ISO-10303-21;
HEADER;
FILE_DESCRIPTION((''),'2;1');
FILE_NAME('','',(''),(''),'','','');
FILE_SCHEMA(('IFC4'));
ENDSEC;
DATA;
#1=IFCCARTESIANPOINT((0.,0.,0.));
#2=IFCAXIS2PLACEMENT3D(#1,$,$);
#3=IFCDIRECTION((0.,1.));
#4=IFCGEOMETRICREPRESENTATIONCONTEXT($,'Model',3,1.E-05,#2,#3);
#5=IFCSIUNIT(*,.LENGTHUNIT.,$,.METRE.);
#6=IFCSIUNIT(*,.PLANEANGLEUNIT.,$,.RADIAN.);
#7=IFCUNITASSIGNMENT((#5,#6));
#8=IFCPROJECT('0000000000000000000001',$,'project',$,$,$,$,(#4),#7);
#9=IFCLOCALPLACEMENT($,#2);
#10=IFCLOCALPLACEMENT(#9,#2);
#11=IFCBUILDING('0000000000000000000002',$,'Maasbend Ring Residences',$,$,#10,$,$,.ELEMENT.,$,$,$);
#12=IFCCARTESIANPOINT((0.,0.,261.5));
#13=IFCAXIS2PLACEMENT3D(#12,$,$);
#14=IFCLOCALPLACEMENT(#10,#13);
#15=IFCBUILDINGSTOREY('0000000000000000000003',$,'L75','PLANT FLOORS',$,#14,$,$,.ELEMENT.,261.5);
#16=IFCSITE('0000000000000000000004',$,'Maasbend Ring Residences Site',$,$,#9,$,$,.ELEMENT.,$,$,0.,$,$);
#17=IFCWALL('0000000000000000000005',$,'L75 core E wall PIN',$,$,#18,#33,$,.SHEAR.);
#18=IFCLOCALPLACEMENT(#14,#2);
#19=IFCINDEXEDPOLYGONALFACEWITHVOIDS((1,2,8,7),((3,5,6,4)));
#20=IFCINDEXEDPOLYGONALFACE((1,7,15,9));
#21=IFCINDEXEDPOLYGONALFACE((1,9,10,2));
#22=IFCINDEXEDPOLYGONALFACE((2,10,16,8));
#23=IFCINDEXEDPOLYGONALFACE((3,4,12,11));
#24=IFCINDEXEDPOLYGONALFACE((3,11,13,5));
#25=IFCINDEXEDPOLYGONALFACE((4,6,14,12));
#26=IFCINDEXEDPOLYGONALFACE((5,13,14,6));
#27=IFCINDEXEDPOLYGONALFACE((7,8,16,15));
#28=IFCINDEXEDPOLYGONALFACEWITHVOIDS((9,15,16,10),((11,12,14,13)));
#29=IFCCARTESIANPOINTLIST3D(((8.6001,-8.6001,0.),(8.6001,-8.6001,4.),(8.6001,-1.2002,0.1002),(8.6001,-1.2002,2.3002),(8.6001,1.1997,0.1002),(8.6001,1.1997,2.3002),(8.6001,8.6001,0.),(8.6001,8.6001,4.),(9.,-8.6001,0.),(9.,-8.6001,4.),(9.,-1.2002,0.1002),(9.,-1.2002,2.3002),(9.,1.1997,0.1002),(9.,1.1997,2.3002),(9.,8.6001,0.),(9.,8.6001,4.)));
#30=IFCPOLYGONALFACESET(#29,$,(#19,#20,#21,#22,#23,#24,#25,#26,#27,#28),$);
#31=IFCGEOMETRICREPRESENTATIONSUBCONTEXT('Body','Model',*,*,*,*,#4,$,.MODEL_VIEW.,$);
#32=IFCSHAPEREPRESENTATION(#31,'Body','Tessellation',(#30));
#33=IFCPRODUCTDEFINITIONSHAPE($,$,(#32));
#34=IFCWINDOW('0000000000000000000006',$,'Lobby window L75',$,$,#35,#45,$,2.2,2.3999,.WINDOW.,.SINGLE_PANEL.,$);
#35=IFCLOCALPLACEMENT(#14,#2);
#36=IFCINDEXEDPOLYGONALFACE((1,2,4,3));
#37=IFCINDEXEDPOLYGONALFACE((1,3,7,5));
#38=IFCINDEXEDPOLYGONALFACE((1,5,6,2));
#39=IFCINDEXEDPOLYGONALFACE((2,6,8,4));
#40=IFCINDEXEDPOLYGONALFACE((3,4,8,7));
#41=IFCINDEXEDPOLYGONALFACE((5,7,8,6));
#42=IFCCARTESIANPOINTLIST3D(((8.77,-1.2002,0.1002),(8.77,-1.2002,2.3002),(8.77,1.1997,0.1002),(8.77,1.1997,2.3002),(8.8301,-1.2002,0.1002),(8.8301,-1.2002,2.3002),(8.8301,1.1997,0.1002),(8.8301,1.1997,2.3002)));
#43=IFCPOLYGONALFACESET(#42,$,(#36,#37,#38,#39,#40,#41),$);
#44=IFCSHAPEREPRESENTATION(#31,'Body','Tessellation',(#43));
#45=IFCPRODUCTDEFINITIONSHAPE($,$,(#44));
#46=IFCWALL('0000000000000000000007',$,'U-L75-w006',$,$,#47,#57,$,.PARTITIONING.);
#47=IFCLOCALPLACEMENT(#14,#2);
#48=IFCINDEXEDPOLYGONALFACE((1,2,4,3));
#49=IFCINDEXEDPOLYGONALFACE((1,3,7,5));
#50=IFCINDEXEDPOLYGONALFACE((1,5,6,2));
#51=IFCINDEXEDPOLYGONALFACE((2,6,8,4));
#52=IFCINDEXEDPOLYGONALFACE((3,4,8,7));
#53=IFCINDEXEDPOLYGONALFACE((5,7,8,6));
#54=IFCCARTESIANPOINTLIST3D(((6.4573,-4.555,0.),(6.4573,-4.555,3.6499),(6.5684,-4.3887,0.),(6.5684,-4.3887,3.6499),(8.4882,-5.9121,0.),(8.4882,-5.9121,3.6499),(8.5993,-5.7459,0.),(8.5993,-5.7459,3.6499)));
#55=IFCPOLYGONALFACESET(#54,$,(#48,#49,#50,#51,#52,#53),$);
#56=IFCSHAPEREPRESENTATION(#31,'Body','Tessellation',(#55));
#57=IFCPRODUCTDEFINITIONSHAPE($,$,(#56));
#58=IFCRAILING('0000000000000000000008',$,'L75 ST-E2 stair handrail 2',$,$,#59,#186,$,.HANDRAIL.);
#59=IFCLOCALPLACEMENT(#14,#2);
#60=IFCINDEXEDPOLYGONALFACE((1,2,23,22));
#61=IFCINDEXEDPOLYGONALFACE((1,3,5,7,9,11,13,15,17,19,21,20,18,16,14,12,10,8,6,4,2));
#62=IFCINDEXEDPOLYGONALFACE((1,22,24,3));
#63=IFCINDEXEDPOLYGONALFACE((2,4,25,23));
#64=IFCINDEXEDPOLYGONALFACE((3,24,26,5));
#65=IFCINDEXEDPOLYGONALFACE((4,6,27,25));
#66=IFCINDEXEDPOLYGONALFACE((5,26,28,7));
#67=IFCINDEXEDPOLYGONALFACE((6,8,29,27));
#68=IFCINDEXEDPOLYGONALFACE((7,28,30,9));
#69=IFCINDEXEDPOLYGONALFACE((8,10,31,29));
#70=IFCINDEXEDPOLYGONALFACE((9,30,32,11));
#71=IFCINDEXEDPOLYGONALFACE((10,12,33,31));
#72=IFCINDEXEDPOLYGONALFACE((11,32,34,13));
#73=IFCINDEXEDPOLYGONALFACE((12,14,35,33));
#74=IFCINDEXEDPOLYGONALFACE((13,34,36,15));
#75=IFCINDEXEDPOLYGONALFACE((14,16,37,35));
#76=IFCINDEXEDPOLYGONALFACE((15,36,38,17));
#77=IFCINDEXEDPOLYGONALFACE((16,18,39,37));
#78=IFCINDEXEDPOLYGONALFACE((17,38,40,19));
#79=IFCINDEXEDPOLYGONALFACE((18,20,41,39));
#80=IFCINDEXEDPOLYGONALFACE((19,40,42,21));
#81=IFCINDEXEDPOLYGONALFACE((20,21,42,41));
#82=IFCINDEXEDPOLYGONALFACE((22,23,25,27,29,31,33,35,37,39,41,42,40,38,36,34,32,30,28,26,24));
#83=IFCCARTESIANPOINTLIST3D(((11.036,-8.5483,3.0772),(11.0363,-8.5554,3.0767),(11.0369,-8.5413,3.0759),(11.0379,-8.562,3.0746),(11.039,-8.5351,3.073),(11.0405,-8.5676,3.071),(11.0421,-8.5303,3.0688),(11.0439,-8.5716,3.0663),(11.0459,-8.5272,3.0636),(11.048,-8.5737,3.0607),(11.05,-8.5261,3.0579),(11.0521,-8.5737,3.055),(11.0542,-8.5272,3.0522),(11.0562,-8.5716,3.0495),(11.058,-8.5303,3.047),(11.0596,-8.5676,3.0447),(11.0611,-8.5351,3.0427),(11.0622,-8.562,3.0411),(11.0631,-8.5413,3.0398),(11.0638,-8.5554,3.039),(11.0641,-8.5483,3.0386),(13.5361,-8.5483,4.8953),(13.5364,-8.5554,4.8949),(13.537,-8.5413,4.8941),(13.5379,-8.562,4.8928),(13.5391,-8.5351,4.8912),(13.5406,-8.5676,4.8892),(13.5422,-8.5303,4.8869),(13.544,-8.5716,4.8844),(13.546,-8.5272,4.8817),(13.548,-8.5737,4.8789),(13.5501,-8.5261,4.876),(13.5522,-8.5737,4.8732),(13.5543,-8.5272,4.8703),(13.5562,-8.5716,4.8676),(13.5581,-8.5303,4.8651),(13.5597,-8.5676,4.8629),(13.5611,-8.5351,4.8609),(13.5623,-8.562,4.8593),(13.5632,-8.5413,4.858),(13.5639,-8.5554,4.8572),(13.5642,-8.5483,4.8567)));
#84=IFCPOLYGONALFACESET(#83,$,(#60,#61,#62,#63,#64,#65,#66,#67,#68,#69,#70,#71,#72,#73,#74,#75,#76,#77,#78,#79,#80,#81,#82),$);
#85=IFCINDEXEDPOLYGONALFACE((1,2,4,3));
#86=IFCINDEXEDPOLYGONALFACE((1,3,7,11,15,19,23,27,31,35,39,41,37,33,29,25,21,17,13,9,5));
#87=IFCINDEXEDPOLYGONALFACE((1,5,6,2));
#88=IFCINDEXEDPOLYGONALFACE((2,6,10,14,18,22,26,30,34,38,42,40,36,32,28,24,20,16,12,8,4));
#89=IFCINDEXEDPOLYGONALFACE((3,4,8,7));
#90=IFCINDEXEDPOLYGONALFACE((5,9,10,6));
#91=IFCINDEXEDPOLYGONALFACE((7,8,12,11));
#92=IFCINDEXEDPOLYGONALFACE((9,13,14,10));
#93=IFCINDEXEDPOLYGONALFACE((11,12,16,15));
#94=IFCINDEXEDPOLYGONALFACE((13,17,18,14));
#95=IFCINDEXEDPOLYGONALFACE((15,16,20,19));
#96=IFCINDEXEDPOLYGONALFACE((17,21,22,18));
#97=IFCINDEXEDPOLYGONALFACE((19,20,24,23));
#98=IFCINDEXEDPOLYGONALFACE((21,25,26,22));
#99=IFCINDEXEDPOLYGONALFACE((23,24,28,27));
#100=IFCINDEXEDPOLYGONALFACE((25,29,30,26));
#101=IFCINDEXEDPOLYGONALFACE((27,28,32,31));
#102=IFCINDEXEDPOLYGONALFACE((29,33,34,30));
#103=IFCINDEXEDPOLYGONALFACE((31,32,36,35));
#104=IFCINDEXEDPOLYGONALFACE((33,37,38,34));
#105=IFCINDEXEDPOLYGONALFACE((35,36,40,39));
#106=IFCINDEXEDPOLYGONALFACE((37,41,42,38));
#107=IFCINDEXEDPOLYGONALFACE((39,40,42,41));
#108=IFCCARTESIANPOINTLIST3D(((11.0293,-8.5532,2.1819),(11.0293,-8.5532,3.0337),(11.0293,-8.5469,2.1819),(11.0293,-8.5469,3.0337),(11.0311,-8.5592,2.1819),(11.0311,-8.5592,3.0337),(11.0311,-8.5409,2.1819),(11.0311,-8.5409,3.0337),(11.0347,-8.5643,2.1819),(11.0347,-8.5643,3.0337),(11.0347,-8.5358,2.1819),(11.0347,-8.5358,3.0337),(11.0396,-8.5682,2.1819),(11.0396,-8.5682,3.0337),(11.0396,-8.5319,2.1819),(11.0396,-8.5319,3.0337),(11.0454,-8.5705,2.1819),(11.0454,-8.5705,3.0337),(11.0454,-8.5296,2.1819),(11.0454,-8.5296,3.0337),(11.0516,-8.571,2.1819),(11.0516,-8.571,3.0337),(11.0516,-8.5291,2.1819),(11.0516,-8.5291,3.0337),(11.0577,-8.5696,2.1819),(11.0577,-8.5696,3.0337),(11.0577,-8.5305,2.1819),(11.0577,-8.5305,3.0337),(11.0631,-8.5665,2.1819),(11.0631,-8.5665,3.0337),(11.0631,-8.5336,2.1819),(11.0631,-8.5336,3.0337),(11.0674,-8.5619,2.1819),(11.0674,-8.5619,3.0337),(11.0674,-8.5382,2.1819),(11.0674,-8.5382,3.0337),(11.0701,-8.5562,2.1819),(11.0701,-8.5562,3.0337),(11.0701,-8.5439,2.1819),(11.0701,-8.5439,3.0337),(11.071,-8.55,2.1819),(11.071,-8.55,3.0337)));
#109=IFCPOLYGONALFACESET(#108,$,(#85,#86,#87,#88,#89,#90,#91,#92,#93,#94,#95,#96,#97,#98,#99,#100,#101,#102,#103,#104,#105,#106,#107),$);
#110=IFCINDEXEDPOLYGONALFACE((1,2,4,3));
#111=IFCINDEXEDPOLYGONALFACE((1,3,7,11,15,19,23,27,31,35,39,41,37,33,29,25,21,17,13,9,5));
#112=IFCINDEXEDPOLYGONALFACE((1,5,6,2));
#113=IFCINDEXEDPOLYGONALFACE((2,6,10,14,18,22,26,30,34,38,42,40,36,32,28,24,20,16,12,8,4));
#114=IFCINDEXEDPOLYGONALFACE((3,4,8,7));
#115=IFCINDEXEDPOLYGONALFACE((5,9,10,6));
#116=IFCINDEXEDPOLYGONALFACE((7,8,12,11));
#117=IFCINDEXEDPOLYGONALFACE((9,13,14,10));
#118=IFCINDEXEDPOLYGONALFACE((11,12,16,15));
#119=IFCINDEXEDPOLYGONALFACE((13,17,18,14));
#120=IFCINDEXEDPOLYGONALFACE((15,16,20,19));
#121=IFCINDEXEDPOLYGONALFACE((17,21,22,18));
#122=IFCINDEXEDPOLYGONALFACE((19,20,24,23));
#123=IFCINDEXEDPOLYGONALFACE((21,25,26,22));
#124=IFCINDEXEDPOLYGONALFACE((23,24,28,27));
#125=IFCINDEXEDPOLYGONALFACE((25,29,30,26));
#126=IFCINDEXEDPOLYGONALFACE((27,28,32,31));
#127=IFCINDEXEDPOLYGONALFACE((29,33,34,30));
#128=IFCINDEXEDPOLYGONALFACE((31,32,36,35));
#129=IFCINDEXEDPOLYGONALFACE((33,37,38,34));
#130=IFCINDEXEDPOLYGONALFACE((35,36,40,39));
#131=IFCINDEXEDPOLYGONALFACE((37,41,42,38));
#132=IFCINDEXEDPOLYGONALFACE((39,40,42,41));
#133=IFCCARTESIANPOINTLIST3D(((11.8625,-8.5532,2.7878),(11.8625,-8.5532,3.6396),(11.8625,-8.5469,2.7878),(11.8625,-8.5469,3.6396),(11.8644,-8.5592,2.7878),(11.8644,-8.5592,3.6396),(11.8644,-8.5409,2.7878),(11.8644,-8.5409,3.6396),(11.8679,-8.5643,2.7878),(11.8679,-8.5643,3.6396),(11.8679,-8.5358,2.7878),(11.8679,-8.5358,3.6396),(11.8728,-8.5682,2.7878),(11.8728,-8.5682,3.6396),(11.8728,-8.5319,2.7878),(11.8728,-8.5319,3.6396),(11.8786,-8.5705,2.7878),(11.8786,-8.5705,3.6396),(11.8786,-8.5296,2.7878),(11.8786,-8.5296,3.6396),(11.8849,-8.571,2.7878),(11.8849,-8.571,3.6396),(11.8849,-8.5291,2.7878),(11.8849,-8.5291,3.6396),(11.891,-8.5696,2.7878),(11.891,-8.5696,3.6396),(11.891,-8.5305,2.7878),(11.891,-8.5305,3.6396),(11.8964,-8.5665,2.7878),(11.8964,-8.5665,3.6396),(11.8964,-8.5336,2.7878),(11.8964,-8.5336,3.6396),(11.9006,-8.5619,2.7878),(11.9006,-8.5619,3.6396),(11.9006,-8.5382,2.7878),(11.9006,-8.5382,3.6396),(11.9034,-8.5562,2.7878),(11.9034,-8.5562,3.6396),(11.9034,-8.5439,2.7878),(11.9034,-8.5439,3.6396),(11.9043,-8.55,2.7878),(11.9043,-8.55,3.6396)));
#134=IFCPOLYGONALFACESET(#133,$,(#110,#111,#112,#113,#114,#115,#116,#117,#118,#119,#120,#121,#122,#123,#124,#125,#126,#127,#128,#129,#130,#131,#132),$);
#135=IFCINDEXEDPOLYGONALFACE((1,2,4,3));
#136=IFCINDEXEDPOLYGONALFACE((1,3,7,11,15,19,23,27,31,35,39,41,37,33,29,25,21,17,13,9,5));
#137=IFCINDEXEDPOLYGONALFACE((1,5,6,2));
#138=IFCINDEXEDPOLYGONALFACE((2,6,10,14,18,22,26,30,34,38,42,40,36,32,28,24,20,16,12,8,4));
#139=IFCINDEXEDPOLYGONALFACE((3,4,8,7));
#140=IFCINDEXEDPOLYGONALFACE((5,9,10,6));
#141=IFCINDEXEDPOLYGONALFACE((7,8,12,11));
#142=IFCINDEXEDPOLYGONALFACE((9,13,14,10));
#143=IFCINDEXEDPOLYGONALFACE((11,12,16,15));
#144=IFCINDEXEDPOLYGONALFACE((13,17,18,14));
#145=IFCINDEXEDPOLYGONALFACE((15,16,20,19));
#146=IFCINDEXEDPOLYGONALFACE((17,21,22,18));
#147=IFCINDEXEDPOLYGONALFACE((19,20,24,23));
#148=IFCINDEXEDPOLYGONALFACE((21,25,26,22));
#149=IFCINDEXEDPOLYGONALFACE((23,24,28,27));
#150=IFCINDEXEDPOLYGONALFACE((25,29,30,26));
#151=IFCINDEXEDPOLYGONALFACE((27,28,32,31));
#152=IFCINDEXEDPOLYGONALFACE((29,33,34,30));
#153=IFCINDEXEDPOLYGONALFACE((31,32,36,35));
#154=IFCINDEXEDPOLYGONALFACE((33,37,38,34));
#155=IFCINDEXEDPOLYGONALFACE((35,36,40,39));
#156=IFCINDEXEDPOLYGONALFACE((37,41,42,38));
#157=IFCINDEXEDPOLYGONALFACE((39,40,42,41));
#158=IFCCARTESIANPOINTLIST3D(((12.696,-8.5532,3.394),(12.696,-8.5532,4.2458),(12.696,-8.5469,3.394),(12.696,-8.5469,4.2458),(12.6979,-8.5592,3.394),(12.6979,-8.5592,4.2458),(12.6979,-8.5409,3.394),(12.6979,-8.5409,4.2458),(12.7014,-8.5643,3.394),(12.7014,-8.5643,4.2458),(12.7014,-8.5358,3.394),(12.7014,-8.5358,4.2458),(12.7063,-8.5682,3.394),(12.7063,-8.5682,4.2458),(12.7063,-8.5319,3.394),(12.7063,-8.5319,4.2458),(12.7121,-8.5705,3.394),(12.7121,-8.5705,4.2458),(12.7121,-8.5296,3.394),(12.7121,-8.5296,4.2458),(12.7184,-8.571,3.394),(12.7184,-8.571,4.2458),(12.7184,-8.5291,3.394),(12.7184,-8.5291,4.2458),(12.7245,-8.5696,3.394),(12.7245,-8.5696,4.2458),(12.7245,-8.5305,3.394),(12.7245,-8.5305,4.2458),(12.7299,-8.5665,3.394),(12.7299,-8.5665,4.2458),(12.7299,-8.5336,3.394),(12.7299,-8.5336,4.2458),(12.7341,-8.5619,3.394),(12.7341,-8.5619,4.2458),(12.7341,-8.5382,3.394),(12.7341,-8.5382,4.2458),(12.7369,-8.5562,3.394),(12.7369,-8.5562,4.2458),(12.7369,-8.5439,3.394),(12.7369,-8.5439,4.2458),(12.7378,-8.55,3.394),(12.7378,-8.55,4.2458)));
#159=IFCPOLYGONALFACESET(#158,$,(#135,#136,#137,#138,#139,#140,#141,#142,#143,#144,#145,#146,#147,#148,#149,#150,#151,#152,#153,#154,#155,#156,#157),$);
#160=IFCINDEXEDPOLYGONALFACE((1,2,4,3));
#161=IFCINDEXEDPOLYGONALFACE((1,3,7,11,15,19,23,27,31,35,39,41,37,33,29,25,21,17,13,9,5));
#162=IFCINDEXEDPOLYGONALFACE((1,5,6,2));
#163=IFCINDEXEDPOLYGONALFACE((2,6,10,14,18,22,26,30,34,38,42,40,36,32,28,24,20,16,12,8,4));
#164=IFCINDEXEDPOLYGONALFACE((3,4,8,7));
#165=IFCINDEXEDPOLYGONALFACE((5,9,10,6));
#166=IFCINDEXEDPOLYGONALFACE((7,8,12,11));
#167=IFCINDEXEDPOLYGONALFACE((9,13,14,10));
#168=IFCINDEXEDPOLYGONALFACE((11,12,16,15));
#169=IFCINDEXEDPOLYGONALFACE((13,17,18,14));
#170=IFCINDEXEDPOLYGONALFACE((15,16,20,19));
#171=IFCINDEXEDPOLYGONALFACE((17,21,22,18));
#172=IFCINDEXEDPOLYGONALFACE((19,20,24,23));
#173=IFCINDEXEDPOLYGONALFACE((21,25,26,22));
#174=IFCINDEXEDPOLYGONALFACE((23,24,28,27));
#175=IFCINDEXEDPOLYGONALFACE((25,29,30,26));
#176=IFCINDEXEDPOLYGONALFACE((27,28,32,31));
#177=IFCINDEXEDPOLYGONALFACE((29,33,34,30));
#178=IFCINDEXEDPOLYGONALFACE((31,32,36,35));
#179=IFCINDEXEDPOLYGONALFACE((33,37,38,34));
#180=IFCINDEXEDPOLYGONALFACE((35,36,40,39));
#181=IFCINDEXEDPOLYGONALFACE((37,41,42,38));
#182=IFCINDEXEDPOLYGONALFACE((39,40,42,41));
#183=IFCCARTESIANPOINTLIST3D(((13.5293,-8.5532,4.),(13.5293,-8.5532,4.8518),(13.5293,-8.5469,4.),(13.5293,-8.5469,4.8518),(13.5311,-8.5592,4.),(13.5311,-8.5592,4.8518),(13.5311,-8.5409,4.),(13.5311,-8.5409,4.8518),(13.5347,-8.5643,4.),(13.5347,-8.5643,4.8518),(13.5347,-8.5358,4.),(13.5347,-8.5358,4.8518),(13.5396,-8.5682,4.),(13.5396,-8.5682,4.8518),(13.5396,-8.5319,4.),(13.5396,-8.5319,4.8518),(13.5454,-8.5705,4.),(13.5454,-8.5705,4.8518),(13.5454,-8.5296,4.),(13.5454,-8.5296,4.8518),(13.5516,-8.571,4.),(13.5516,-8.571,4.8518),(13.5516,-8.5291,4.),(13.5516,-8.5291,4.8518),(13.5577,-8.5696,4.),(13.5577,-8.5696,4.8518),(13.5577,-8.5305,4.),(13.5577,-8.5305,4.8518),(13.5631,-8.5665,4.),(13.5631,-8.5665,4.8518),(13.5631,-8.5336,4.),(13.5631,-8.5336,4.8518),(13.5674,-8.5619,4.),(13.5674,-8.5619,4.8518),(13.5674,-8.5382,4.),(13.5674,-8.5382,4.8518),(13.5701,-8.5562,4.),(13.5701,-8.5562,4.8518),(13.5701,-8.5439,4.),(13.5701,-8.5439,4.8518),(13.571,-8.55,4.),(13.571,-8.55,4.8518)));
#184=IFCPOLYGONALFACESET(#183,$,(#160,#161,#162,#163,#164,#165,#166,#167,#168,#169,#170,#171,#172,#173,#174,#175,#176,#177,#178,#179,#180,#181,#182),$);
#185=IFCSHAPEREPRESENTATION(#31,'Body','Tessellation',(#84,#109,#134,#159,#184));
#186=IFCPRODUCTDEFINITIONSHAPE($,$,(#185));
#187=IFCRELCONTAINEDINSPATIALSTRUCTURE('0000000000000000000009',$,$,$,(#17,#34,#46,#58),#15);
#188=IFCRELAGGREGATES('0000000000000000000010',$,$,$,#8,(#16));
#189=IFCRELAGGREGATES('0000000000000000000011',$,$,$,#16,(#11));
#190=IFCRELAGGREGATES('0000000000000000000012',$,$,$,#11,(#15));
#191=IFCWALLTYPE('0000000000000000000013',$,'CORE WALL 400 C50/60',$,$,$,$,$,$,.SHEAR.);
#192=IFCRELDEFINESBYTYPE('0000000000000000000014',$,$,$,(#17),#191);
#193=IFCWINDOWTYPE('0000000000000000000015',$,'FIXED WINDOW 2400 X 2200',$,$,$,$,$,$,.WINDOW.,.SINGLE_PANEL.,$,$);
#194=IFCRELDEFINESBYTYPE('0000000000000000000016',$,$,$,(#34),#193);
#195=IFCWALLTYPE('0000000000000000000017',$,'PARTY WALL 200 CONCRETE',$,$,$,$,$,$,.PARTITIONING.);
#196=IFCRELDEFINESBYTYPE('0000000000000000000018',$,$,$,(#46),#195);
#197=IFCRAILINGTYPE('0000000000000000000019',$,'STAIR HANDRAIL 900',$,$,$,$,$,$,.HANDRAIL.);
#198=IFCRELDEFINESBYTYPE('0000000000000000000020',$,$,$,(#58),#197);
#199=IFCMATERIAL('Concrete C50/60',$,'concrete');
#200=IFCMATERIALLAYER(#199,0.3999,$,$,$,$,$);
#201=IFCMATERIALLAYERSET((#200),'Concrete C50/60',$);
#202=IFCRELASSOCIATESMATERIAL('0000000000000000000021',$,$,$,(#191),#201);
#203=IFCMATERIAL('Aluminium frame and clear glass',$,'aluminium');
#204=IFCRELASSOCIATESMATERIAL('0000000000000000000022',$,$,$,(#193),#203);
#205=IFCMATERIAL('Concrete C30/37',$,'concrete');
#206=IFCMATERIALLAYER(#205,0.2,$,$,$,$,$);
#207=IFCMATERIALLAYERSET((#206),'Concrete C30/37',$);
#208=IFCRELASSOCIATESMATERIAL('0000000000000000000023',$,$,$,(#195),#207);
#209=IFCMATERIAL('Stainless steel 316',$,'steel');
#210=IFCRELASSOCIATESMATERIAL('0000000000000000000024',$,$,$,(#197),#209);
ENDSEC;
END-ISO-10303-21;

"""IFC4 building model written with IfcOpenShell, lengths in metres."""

from ifc_helpers import new_model, si_unit, direction, frame, frame_2d, origin, origin_2d, place, context, subcontext, project, spatial, rectangle, circle, extrude, material, layer, layer_set, type_object, element, fill, save


model = new_model("IFC4")

# Units and contexts
model_context = context("Model", 3, precision=1e-05, world=origin(), true_north=direction((0.0, 1.0)))
body_context = subcontext(model_context, "Body", "Model", "MODEL_VIEW")
ifc_project = project(units=[si_unit("LENGTHUNIT", "METRE"), si_unit("PLANEANGLEUNIT", "RADIAN")], contexts=[model_context])

# Site, building, storey
site_placement = place(None, origin())
site = spatial("IfcSite", under=ifc_project, at=site_placement, Name="Maasbend Ring Residences Site", CompositionType="ELEMENT", RefElevation=0.0)
building_placement = place(site_placement, origin())
building = spatial("IfcBuilding", under=site, at=building_placement, Name="Maasbend Ring Residences", CompositionType="ELEMENT")
storey_placement = place(building_placement, frame((0.0, 0.0, 261.5)))
storey = spatial("IfcBuildingStorey", under=building, at=storey_placement, Name="L75", Description="PLANT FLOORS", CompositionType="ELEMENT", Elevation=261.5)

# Shared definitions
ifc_material_1 = material(Name="Concrete C50/60", Category="concrete")
ifc_layer_1 = layer(ifc_material_1, 0.3999)
ifc_layer_set_1 = layer_set([ifc_layer_1], Name="Concrete C50/60")
wall_type_1 = type_object("IfcWallType", Name="CORE WALL 400 C50/60", PredefinedType="SHEAR", material=ifc_layer_set_1)

# Wall, opening, window
wall_1_placement = place(storey_placement, frame((8.8, -8.6001, 0.0), z_axis=(0.0, 0.0, 1.0), x_axis=(0.0, 1.0, 0.0)))
wall_1 = element("IfcWall", 1, at=wall_1_placement, inside=storey, type_object=wall_type_1, Name="L75 core E wall PIN", PredefinedType="SHEAR", context=body_context, shape_type="SweptSolid", body=[
    extrude(rectangle(XDim=17.2002, YDim=0.3999, at=frame_2d((8.6001, 0.0))), origin(), (0.0, 0.0, 1.0), 4.0),
])
opening_1_placement = place(wall_1_placement, frame((7.3999, 0.0, 0.1001)))
opening_1 = element("IfcOpeningElement", 2, at=opening_1_placement, cuts=wall_1, PredefinedType="OPENING", context=body_context, shape_type="SweptSolid", body=[
    extrude(rectangle(XDim=2.3999, YDim=2.2, at=frame_2d((1.2, 1.1001))), frame((0.0, 0.21, 0.0), z_axis=(0.0, -1.0, 0.0), x_axis=(1.0, 0.0, 0.0)), (0.0, 0.0, 1.0), 0.4199),
])
ifc_material_2 = material(Name="Aluminium frame and clear glass", Category="aluminium")
window_type = type_object("IfcWindowType", Name="FIXED WINDOW 2400 X 2200", PartitioningType="SINGLE_PANEL", PredefinedType="WINDOW", material=ifc_material_2)
window_placement = place(opening_1_placement, origin())
window = element("IfcWindow", 3, at=window_placement, inside=storey, type_object=window_type, Name="Lobby window L75", OverallHeight=2.2, OverallWidth=2.3999, PartitioningType="SINGLE_PANEL", PredefinedType="WINDOW", context=body_context, shape_type="SweptSolid", body=[
    extrude(rectangle(XDim=2.3999, YDim=2.2, at=frame_2d((1.2, 1.1001))), frame((0.0, 0.03, 0.0), z_axis=(0.0, -1.0, 0.0), x_axis=(1.0, 0.0, 0.0)), (0.0, 0.0, 1.0), 0.0601),
])
fill(opening_1, window)

# Wall
ifc_material_3 = material(Name="Concrete C30/37", Category="concrete")
ifc_layer_2 = layer(ifc_material_3, 0.2)
ifc_layer_set_2 = layer_set([ifc_layer_2], Name="Concrete C30/37")
wall_type_2 = type_object("IfcWallType", Name="PARTY WALL 200 CONCRETE", PredefinedType="PARTITIONING", material=ifc_layer_set_2)
wall_2_placement = place(storey_placement, frame((6.5129, -4.4719, 0.0), z_axis=(0.0, 0.0, 1.0), x_axis=(0.83145, -0.555599, 0.0)))
element("IfcWall", 4, at=wall_2_placement, inside=storey, type_object=wall_type_2, Name="U-L75-w006", PredefinedType="PARTITIONING", context=body_context, shape_type="SweptSolid", body=[
    extrude(rectangle(XDim=2.4426, YDim=0.2, at=frame_2d((1.2212, 0.0))), origin(), (0.0, 0.0, 1.0), 3.6499),
])

# Railing
ifc_material_4 = material(Name="Stainless steel 316", Category="steel")
railing_type = type_object("IfcRailingType", Name="STAIR HANDRAIL 900", PredefinedType="HANDRAIL", material=ifc_material_4)
railing_placement = place(storey_placement, frame((11.05, -8.55, 2.1819)))
element("IfcRailing", 5, at=railing_placement, inside=storey, type_object=railing_type, Name="L75 ST-E2 stair handrail 2", PredefinedType="HANDRAIL", context=body_context, shape_type="SweptSolid", body=[
    extrude(circle(Radius=0.0239, at=origin_2d()), frame((0.0, 0.0, 0.876), z_axis=(0.808746, 0.0, 0.588158), x_axis=(0.0, 1.0, 0.0)), (0.0, 0.0, 1.0), 3.0913),
    extrude(circle(Radius=0.021, at=origin_2d()), origin(), (0.0, 0.0, 1.0), 0.8518),
    extrude(circle(Radius=0.021, at=origin_2d()), frame((0.8333, 0.0, 0.606)), (0.0, 0.0, 1.0), 0.8518),
    extrude(circle(Radius=0.021, at=origin_2d()), frame((1.6667, 0.0, 1.2122)), (0.0, 0.0, 1.0), 0.8518),
    extrude(circle(Radius=0.021, at=origin_2d()), frame((2.5, 0.0, 1.8181)), (0.0, 0.0, 1.0), 0.8518),
])

save(model, "model.ifc")
